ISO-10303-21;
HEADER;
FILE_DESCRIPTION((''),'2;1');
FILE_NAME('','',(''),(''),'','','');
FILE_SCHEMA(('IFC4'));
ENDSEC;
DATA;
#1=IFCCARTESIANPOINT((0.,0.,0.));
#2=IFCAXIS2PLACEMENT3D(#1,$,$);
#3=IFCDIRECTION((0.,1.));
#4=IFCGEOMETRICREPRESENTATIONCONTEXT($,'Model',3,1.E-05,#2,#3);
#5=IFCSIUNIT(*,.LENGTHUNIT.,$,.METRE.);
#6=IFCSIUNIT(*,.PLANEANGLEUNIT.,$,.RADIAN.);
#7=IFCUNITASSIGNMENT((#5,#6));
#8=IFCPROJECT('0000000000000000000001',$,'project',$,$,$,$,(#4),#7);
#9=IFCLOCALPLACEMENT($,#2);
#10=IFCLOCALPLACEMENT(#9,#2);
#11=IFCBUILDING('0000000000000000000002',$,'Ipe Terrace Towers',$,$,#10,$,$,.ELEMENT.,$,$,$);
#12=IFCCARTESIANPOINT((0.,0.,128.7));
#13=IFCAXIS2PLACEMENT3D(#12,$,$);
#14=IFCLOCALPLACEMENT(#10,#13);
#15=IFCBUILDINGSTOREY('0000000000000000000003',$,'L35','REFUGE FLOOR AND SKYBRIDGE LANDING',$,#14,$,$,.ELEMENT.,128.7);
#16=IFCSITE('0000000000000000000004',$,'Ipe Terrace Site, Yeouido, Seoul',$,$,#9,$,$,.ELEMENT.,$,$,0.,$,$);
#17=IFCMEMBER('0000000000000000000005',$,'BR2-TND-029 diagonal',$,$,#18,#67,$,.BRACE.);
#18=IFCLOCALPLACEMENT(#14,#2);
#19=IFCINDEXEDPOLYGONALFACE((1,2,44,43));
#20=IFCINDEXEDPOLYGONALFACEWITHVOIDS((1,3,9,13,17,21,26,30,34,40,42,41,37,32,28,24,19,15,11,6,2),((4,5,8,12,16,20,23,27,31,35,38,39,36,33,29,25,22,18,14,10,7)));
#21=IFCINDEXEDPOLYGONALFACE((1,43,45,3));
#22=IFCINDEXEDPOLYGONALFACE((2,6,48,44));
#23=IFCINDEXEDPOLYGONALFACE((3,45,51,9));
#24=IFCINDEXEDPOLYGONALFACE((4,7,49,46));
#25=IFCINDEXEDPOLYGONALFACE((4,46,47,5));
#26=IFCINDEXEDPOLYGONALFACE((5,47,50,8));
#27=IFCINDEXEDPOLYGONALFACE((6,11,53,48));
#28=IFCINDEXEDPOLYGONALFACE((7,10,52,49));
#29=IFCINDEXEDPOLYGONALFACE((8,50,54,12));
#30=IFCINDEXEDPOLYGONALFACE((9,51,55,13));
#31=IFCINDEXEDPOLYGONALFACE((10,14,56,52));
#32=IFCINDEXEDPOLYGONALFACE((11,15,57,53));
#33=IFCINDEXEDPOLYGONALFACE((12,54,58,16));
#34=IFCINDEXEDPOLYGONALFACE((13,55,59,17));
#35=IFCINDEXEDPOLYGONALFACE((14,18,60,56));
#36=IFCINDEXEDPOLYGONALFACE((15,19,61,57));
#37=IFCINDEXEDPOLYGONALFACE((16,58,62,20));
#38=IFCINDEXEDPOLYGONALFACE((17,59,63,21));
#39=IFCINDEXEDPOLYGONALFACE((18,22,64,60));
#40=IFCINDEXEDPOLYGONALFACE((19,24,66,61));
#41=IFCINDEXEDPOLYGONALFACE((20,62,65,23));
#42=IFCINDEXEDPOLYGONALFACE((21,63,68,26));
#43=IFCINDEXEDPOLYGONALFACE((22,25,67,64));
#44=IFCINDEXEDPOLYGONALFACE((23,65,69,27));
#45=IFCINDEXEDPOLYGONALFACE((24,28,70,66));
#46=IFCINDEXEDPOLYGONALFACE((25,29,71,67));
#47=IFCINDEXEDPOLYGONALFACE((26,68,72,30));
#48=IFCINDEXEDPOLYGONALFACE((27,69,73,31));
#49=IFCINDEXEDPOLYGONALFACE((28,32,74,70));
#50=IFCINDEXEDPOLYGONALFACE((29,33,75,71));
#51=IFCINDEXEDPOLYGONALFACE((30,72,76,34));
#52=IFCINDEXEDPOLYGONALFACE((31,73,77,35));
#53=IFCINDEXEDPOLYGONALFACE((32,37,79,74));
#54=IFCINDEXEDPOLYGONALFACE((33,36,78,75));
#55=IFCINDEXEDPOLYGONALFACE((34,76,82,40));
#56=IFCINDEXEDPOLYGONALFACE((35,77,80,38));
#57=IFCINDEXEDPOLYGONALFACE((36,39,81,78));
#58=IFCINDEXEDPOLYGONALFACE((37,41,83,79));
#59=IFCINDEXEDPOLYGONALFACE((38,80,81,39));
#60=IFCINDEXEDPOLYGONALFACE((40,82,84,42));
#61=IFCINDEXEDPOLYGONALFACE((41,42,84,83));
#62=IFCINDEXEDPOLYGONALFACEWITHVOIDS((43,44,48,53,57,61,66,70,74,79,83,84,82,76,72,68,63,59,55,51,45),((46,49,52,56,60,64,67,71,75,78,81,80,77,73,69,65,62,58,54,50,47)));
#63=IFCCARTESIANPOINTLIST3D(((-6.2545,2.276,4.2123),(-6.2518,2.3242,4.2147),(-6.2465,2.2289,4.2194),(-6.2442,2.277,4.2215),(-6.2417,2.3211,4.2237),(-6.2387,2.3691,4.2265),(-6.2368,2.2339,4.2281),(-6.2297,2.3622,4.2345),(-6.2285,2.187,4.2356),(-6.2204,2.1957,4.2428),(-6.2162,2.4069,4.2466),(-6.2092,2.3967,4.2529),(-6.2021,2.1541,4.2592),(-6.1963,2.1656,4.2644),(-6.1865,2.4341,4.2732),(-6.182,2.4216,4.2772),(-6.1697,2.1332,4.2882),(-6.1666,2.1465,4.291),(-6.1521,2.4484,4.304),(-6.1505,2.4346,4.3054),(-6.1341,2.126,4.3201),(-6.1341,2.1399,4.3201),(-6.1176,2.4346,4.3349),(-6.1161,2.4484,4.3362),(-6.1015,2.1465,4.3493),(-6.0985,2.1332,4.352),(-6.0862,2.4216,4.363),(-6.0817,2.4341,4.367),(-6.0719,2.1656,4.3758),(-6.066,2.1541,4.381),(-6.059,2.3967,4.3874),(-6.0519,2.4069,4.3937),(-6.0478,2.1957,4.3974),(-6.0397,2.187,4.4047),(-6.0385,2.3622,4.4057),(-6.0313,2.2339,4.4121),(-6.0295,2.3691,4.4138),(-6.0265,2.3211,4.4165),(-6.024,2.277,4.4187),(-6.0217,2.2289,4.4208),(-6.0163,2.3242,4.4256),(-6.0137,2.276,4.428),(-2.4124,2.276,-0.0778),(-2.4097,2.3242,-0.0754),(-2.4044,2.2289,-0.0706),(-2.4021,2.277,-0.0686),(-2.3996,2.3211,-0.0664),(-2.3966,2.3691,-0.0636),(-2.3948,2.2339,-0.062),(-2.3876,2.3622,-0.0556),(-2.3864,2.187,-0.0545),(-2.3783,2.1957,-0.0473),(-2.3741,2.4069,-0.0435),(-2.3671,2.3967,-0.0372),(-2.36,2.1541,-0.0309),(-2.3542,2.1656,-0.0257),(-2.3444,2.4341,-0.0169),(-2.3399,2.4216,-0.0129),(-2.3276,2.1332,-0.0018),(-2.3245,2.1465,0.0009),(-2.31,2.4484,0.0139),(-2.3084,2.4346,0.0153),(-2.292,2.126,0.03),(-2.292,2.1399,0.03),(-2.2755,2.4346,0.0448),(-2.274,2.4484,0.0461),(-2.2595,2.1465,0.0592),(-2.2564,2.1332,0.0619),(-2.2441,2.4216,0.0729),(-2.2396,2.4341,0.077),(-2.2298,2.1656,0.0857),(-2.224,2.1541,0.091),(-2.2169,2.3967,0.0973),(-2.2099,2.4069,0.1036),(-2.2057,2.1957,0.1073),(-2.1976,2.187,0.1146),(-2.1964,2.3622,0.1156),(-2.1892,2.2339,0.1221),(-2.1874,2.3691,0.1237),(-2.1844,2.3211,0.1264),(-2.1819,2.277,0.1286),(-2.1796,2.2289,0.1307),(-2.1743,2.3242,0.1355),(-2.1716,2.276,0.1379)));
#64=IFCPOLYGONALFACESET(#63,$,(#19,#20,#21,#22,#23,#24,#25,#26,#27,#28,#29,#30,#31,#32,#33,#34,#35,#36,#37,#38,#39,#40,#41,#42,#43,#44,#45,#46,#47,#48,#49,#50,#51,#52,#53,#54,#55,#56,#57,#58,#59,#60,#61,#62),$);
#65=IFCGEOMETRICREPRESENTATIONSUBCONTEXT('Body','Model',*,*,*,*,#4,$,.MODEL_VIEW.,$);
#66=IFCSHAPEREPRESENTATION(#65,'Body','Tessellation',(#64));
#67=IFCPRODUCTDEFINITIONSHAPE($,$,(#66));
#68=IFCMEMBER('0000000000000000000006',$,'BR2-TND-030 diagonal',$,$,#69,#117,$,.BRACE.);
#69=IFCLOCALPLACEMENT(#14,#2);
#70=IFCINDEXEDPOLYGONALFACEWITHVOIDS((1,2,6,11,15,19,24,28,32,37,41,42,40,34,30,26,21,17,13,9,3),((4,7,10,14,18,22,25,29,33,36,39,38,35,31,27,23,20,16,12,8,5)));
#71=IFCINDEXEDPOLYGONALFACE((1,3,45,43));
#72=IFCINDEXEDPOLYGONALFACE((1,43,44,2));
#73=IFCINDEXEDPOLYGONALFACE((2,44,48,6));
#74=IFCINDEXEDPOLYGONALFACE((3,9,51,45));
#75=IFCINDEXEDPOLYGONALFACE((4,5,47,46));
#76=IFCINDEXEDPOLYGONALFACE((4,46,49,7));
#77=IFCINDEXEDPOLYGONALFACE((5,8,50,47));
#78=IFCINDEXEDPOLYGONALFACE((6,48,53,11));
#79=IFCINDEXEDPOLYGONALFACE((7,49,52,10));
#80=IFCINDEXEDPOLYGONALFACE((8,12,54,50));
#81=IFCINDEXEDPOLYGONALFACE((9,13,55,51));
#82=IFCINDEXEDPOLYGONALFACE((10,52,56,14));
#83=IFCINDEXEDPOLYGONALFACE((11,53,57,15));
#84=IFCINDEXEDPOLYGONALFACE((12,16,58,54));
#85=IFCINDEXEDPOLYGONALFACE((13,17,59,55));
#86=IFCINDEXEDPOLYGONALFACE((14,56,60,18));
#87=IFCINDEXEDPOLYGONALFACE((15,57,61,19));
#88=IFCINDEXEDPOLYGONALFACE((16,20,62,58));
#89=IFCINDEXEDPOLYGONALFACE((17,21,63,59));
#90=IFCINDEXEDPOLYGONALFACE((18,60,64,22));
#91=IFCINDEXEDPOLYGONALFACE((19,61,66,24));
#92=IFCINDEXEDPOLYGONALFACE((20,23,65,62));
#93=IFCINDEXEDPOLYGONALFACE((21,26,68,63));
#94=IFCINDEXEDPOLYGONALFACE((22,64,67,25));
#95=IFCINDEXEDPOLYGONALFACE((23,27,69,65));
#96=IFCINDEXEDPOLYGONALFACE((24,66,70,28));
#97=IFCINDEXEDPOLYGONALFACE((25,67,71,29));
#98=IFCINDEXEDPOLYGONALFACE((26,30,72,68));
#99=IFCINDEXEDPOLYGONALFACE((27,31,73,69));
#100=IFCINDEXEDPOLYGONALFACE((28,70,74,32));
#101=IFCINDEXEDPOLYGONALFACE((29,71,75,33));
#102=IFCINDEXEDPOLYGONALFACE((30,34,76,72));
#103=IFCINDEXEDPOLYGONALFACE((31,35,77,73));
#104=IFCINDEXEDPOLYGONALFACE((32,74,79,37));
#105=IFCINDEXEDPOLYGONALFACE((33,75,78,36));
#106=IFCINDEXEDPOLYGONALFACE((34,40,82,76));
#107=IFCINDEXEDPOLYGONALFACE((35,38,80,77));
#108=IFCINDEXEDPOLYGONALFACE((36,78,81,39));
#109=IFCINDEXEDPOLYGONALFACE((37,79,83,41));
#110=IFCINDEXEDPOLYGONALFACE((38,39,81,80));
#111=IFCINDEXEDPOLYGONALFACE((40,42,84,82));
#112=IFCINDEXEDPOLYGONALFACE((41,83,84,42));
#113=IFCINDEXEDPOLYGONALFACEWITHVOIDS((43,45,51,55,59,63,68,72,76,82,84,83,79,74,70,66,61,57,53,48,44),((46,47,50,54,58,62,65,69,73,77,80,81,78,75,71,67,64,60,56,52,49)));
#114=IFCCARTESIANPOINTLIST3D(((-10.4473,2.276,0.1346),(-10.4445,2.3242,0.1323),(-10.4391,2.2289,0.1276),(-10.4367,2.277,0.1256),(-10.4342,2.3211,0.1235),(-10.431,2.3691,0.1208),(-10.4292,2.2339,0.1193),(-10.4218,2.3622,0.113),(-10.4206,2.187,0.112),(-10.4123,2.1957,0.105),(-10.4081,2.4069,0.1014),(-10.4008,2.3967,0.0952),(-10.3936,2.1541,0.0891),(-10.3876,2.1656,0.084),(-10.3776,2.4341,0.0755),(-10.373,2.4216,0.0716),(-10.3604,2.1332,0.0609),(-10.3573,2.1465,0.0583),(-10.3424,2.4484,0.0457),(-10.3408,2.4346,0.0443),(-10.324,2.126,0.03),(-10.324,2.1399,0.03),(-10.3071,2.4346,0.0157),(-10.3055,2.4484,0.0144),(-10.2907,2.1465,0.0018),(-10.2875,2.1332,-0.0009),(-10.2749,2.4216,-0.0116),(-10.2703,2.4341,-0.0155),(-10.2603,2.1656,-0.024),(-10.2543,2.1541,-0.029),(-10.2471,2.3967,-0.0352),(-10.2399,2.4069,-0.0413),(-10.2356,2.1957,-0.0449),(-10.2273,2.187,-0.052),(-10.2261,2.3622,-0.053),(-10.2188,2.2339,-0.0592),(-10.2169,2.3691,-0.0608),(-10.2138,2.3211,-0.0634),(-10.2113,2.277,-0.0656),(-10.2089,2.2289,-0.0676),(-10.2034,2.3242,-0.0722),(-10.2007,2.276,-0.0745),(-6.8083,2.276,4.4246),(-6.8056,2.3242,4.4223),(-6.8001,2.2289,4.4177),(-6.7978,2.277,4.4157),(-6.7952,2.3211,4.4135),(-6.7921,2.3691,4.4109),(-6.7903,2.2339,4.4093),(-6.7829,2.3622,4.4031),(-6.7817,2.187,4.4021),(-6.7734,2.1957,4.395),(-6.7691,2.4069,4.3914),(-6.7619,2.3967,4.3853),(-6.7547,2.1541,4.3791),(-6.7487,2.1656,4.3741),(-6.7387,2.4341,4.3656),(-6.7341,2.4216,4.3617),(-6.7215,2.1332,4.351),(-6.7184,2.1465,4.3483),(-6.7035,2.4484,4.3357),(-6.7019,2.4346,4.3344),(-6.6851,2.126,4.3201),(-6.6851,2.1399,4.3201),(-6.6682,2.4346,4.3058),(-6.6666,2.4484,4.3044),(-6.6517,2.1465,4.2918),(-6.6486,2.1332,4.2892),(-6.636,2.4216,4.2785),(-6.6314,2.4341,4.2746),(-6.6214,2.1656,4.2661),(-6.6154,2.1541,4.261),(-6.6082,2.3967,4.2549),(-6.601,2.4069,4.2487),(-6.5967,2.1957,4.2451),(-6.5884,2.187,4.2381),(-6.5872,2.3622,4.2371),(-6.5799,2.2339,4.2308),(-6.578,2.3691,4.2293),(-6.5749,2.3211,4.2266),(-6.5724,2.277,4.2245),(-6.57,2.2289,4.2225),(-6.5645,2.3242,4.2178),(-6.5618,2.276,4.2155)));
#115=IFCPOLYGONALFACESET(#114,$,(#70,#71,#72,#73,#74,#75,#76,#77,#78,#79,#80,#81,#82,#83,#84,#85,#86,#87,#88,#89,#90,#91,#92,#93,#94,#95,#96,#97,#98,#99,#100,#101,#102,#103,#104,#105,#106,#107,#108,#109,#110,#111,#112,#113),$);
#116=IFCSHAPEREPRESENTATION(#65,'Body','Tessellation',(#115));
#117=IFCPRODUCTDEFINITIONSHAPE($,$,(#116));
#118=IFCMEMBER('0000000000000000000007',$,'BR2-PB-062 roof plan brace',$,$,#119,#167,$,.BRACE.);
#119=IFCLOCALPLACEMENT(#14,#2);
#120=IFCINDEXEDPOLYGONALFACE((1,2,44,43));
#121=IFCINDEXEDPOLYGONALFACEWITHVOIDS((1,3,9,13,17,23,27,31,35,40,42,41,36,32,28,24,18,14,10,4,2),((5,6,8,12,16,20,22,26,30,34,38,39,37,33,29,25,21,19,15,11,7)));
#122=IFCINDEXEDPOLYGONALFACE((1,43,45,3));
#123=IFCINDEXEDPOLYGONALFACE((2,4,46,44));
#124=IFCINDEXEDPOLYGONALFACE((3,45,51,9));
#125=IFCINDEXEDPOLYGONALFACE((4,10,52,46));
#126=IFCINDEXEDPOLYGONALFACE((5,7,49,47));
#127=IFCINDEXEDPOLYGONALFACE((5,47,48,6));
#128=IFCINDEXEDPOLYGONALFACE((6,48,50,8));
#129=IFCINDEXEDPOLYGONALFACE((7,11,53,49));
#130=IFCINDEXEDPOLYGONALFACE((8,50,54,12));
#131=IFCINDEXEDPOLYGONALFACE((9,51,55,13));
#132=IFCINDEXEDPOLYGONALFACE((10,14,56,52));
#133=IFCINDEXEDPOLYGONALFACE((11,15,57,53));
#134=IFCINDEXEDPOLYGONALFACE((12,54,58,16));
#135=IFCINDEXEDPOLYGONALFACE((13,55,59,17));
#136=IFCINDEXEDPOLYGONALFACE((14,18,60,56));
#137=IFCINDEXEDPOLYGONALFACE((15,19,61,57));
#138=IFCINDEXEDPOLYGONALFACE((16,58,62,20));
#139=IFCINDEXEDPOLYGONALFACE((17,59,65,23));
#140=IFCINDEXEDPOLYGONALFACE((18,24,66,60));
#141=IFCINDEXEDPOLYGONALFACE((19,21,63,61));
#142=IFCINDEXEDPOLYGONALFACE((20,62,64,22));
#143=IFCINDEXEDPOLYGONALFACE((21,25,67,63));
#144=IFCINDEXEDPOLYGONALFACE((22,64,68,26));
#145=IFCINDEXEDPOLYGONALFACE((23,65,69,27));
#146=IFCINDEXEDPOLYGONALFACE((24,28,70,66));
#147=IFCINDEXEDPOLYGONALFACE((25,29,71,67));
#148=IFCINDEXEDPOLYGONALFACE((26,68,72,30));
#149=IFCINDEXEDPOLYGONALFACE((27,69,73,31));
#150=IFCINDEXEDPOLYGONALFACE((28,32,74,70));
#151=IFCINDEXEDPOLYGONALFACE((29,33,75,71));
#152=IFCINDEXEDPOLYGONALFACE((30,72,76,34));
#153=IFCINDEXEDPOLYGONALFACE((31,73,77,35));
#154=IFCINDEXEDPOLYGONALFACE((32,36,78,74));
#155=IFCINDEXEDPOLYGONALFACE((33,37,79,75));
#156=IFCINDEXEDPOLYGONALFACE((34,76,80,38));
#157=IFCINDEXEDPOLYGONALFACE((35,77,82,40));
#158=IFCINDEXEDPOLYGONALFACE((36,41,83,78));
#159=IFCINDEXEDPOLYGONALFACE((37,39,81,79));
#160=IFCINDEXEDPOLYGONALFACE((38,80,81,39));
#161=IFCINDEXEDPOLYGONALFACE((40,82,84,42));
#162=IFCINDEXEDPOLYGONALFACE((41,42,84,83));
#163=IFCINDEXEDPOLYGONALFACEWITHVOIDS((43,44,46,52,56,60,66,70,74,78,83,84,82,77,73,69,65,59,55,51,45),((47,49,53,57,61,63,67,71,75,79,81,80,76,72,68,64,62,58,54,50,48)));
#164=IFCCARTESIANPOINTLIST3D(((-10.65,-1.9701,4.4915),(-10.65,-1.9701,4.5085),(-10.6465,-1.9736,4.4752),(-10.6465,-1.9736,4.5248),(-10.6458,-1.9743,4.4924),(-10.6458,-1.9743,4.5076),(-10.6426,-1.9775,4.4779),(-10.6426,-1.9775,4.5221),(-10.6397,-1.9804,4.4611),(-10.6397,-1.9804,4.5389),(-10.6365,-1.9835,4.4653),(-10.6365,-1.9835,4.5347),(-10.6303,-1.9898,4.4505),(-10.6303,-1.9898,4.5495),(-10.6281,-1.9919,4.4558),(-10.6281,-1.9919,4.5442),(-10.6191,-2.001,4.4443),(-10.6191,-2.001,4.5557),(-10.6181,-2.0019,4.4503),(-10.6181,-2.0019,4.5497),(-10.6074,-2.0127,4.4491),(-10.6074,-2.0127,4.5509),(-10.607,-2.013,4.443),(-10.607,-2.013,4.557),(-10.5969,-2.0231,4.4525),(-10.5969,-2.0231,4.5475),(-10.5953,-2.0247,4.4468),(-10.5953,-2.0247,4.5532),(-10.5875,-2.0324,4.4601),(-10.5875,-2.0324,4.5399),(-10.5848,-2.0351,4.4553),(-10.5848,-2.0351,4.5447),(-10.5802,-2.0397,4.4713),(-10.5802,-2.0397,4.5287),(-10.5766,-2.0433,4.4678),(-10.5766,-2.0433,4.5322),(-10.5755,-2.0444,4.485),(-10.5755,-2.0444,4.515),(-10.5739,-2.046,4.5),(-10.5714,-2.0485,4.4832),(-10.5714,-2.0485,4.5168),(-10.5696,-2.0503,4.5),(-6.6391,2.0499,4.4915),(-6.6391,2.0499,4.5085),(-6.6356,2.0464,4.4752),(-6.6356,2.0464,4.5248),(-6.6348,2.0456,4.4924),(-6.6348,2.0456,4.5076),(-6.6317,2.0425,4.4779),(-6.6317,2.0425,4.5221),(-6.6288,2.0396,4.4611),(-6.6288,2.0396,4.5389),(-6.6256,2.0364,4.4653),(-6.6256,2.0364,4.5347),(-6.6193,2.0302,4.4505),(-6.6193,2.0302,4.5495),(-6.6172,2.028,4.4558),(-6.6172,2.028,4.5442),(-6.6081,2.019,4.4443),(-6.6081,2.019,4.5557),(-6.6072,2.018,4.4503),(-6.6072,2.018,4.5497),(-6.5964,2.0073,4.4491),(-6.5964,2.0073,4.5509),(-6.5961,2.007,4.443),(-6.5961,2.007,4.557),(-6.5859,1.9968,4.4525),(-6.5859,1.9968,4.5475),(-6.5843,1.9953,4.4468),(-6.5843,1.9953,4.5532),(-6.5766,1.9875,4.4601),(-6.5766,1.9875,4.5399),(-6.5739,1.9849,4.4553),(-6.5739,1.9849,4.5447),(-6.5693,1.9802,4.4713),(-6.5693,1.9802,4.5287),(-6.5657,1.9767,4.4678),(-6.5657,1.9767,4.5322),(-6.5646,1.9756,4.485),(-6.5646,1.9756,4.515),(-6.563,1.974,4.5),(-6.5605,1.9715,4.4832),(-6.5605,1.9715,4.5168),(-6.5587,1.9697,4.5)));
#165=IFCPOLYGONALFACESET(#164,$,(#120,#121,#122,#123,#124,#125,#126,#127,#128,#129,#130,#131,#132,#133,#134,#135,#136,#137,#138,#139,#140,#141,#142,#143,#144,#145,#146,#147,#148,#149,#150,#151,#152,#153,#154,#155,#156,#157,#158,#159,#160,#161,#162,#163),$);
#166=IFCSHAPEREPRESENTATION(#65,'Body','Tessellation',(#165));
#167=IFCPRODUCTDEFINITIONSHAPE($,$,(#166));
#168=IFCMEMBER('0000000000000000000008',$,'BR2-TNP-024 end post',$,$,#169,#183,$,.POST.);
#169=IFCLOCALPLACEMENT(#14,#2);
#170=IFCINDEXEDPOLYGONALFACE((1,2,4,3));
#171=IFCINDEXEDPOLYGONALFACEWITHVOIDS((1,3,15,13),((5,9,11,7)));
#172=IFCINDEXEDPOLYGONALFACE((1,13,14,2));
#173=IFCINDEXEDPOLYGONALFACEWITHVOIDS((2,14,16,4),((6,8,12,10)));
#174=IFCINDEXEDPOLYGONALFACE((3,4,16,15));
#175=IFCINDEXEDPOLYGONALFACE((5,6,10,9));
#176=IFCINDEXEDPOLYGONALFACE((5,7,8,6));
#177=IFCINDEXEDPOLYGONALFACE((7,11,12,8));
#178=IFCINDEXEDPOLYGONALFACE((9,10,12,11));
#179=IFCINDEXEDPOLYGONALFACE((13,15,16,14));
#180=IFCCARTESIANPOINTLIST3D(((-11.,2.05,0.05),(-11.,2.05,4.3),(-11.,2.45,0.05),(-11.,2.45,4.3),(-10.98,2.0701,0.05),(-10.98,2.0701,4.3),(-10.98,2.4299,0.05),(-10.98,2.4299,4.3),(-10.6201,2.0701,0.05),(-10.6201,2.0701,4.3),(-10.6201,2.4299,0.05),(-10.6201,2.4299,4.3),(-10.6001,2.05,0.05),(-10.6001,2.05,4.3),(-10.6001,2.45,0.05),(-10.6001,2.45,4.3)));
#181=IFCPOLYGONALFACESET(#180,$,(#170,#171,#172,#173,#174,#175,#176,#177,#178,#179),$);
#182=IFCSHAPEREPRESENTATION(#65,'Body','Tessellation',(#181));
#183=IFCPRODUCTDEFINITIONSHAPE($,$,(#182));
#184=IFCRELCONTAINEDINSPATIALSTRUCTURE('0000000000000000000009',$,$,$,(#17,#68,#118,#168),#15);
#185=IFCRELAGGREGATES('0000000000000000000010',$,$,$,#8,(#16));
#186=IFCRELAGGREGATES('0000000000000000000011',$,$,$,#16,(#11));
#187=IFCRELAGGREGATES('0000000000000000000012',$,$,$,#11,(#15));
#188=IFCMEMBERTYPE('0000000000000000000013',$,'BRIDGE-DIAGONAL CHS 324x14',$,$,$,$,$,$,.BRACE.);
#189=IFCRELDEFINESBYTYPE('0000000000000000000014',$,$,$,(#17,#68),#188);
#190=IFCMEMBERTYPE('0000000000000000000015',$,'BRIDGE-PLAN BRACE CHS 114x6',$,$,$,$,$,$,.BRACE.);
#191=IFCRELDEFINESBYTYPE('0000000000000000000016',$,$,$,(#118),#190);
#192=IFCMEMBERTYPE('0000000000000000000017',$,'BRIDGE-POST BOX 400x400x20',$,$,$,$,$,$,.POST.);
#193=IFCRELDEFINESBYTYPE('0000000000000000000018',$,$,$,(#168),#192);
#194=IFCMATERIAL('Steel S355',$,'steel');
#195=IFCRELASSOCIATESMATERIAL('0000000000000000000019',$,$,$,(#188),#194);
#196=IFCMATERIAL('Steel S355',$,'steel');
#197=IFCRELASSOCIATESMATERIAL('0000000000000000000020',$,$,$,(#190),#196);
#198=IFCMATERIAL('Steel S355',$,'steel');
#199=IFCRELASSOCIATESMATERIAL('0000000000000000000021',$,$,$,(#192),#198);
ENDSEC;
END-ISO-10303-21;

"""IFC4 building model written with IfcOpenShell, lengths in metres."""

from ifc_helpers import new_model, si_unit, direction, frame, origin, origin_2d, place, context, subcontext, project, spatial, hollow_rectangle, hollow_circle, extrude, material, material_profile, profile_set, type_object, element, save


model = new_model("IFC4")

# Units and contexts
model_context = context("Model", 3, precision=1e-05, world=origin(), true_north=direction((0.0, 1.0)))
body_context = subcontext(model_context, "Body", "Model", "MODEL_VIEW")
ifc_project = project(units=[si_unit("LENGTHUNIT", "METRE"), si_unit("PLANEANGLEUNIT", "RADIAN")], contexts=[model_context])

# Site, building, storey
site_placement = place(None, origin())
site = spatial("IfcSite", under=ifc_project, at=site_placement, Name="Ipe Terrace Site, Yeouido, Seoul", CompositionType="ELEMENT", RefElevation=0.0)
building_placement = place(site_placement, origin())
building = spatial("IfcBuilding", under=site, at=building_placement, Name="Ipe Terrace Towers", CompositionType="ELEMENT")
storey_placement = place(building_placement, frame((0.0, 0.0, 128.7)))
storey = spatial("IfcBuildingStorey", under=building, at=storey_placement, Name="L35", Description="REFUGE FLOOR AND SKYBRIDGE LANDING", CompositionType="ELEMENT", Elevation=128.7)

# Members
ifc_material_1 = material(Name="Steel S355", Category="steel")
ifc_material_profile_1 = material_profile(ifc_material_1, hollow_circle(Radius=0.1621, WallThickness=0.0139, at=origin_2d()), Name="BRIDGE-DIAGONAL CHS 324x14")
ifc_profile_set_1 = profile_set([ifc_material_profile_1], Name="Steel S355")
member_type_1 = type_object("IfcMemberType", Name="BRIDGE-DIAGONAL CHS 324x14", PredefinedType="BRACE", material=ifc_profile_set_1)
member_1_placement = place(storey_placement, frame((-2.292, 2.2881, 0.03), z_axis=(-0.667141, 0.0, 0.744932), x_axis=(0.0, -1.0, 0.0)))
element("IfcMember", 1, at=member_1_placement, inside=storey, type_object=member_type_1, Name="BR2-TND-029 diagonal", PredefinedType="BRACE", context=body_context, shape_type="SweptSolid", body=[
    extrude(hollow_circle(Radius=0.1621, WallThickness=0.0139, at=origin_2d()), origin(), (0.0, 0.0, 1.0), 5.759),
])
member_2_placement = place(storey_placement, frame((-6.6851, 2.2881, 4.3201), z_axis=(-0.646862, 0.0, -0.762607), x_axis=(0.0, -1.0, 0.0)))
element("IfcMember", 2, at=member_2_placement, inside=storey, type_object=member_type_1, Name="BR2-TND-030 diagonal", PredefinedType="BRACE", context=body_context, shape_type="SweptSolid", body=[
    extrude(hollow_circle(Radius=0.1621, WallThickness=0.0139, at=origin_2d()), origin(), (0.0, 0.0, 1.0), 5.6255),
])
ifc_material_2 = material(Name="Steel S355", Category="steel")
ifc_material_profile_2 = material_profile(ifc_material_2, hollow_circle(Radius=0.0571, WallThickness=0.0061, at=origin_2d()), Name="BRIDGE-PLAN BRACE CHS 114x6")
ifc_profile_set_2 = profile_set([ifc_material_profile_2], Name="Steel S355")
member_type_2 = type_object("IfcMemberType", Name="BRIDGE-PLAN BRACE CHS 114x6", PredefinedType="BRACE", material=ifc_profile_set_2)
member_3_placement = place(storey_placement, frame((-6.5991, 2.01, 4.5), z_axis=(-0.706311, -0.707902, 0.0), x_axis=(0.707902, -0.706311, 0.0)))
element("IfcMember", 3, at=member_3_placement, inside=storey, type_object=member_type_2, Name="BR2-PB-062 roof plan brace", PredefinedType="BRACE", context=body_context, shape_type="SweptSolid", body=[
    extrude(hollow_circle(Radius=0.0571, WallThickness=0.0061, at=origin_2d()), origin(), (0.0, 0.0, 1.0), 5.6787),
])
ifc_material_3 = material(Name="Steel S355", Category="steel")
ifc_material_profile_3 = material_profile(ifc_material_3, hollow_rectangle(XDim=0.3999, YDim=0.3999, WallThickness=0.02, at=origin_2d()), Name="BRIDGE-POST BOX 400x400x20")
ifc_profile_set_3 = profile_set([ifc_material_profile_3], Name="Steel S355")
member_type_3 = type_object("IfcMemberType", Name="BRIDGE-POST BOX 400x400x20", PredefinedType="POST", material=ifc_profile_set_3)
member_4_placement = place(storey_placement, frame((-10.8, 2.25, 0.05), z_axis=(0.0, 0.0, 1.0), x_axis=(1.0, 0.0, 0.0)))
element("IfcMember", 4, at=member_4_placement, inside=storey, type_object=member_type_3, Name="BR2-TNP-024 end post", PredefinedType="POST", context=body_context, shape_type="SweptSolid", body=[
    extrude(hollow_rectangle(XDim=0.3999, YDim=0.3999, WallThickness=0.02, at=origin_2d()), origin(), (0.0, 0.0, 1.0), 4.25),
])

save(model, "model.ifc")
